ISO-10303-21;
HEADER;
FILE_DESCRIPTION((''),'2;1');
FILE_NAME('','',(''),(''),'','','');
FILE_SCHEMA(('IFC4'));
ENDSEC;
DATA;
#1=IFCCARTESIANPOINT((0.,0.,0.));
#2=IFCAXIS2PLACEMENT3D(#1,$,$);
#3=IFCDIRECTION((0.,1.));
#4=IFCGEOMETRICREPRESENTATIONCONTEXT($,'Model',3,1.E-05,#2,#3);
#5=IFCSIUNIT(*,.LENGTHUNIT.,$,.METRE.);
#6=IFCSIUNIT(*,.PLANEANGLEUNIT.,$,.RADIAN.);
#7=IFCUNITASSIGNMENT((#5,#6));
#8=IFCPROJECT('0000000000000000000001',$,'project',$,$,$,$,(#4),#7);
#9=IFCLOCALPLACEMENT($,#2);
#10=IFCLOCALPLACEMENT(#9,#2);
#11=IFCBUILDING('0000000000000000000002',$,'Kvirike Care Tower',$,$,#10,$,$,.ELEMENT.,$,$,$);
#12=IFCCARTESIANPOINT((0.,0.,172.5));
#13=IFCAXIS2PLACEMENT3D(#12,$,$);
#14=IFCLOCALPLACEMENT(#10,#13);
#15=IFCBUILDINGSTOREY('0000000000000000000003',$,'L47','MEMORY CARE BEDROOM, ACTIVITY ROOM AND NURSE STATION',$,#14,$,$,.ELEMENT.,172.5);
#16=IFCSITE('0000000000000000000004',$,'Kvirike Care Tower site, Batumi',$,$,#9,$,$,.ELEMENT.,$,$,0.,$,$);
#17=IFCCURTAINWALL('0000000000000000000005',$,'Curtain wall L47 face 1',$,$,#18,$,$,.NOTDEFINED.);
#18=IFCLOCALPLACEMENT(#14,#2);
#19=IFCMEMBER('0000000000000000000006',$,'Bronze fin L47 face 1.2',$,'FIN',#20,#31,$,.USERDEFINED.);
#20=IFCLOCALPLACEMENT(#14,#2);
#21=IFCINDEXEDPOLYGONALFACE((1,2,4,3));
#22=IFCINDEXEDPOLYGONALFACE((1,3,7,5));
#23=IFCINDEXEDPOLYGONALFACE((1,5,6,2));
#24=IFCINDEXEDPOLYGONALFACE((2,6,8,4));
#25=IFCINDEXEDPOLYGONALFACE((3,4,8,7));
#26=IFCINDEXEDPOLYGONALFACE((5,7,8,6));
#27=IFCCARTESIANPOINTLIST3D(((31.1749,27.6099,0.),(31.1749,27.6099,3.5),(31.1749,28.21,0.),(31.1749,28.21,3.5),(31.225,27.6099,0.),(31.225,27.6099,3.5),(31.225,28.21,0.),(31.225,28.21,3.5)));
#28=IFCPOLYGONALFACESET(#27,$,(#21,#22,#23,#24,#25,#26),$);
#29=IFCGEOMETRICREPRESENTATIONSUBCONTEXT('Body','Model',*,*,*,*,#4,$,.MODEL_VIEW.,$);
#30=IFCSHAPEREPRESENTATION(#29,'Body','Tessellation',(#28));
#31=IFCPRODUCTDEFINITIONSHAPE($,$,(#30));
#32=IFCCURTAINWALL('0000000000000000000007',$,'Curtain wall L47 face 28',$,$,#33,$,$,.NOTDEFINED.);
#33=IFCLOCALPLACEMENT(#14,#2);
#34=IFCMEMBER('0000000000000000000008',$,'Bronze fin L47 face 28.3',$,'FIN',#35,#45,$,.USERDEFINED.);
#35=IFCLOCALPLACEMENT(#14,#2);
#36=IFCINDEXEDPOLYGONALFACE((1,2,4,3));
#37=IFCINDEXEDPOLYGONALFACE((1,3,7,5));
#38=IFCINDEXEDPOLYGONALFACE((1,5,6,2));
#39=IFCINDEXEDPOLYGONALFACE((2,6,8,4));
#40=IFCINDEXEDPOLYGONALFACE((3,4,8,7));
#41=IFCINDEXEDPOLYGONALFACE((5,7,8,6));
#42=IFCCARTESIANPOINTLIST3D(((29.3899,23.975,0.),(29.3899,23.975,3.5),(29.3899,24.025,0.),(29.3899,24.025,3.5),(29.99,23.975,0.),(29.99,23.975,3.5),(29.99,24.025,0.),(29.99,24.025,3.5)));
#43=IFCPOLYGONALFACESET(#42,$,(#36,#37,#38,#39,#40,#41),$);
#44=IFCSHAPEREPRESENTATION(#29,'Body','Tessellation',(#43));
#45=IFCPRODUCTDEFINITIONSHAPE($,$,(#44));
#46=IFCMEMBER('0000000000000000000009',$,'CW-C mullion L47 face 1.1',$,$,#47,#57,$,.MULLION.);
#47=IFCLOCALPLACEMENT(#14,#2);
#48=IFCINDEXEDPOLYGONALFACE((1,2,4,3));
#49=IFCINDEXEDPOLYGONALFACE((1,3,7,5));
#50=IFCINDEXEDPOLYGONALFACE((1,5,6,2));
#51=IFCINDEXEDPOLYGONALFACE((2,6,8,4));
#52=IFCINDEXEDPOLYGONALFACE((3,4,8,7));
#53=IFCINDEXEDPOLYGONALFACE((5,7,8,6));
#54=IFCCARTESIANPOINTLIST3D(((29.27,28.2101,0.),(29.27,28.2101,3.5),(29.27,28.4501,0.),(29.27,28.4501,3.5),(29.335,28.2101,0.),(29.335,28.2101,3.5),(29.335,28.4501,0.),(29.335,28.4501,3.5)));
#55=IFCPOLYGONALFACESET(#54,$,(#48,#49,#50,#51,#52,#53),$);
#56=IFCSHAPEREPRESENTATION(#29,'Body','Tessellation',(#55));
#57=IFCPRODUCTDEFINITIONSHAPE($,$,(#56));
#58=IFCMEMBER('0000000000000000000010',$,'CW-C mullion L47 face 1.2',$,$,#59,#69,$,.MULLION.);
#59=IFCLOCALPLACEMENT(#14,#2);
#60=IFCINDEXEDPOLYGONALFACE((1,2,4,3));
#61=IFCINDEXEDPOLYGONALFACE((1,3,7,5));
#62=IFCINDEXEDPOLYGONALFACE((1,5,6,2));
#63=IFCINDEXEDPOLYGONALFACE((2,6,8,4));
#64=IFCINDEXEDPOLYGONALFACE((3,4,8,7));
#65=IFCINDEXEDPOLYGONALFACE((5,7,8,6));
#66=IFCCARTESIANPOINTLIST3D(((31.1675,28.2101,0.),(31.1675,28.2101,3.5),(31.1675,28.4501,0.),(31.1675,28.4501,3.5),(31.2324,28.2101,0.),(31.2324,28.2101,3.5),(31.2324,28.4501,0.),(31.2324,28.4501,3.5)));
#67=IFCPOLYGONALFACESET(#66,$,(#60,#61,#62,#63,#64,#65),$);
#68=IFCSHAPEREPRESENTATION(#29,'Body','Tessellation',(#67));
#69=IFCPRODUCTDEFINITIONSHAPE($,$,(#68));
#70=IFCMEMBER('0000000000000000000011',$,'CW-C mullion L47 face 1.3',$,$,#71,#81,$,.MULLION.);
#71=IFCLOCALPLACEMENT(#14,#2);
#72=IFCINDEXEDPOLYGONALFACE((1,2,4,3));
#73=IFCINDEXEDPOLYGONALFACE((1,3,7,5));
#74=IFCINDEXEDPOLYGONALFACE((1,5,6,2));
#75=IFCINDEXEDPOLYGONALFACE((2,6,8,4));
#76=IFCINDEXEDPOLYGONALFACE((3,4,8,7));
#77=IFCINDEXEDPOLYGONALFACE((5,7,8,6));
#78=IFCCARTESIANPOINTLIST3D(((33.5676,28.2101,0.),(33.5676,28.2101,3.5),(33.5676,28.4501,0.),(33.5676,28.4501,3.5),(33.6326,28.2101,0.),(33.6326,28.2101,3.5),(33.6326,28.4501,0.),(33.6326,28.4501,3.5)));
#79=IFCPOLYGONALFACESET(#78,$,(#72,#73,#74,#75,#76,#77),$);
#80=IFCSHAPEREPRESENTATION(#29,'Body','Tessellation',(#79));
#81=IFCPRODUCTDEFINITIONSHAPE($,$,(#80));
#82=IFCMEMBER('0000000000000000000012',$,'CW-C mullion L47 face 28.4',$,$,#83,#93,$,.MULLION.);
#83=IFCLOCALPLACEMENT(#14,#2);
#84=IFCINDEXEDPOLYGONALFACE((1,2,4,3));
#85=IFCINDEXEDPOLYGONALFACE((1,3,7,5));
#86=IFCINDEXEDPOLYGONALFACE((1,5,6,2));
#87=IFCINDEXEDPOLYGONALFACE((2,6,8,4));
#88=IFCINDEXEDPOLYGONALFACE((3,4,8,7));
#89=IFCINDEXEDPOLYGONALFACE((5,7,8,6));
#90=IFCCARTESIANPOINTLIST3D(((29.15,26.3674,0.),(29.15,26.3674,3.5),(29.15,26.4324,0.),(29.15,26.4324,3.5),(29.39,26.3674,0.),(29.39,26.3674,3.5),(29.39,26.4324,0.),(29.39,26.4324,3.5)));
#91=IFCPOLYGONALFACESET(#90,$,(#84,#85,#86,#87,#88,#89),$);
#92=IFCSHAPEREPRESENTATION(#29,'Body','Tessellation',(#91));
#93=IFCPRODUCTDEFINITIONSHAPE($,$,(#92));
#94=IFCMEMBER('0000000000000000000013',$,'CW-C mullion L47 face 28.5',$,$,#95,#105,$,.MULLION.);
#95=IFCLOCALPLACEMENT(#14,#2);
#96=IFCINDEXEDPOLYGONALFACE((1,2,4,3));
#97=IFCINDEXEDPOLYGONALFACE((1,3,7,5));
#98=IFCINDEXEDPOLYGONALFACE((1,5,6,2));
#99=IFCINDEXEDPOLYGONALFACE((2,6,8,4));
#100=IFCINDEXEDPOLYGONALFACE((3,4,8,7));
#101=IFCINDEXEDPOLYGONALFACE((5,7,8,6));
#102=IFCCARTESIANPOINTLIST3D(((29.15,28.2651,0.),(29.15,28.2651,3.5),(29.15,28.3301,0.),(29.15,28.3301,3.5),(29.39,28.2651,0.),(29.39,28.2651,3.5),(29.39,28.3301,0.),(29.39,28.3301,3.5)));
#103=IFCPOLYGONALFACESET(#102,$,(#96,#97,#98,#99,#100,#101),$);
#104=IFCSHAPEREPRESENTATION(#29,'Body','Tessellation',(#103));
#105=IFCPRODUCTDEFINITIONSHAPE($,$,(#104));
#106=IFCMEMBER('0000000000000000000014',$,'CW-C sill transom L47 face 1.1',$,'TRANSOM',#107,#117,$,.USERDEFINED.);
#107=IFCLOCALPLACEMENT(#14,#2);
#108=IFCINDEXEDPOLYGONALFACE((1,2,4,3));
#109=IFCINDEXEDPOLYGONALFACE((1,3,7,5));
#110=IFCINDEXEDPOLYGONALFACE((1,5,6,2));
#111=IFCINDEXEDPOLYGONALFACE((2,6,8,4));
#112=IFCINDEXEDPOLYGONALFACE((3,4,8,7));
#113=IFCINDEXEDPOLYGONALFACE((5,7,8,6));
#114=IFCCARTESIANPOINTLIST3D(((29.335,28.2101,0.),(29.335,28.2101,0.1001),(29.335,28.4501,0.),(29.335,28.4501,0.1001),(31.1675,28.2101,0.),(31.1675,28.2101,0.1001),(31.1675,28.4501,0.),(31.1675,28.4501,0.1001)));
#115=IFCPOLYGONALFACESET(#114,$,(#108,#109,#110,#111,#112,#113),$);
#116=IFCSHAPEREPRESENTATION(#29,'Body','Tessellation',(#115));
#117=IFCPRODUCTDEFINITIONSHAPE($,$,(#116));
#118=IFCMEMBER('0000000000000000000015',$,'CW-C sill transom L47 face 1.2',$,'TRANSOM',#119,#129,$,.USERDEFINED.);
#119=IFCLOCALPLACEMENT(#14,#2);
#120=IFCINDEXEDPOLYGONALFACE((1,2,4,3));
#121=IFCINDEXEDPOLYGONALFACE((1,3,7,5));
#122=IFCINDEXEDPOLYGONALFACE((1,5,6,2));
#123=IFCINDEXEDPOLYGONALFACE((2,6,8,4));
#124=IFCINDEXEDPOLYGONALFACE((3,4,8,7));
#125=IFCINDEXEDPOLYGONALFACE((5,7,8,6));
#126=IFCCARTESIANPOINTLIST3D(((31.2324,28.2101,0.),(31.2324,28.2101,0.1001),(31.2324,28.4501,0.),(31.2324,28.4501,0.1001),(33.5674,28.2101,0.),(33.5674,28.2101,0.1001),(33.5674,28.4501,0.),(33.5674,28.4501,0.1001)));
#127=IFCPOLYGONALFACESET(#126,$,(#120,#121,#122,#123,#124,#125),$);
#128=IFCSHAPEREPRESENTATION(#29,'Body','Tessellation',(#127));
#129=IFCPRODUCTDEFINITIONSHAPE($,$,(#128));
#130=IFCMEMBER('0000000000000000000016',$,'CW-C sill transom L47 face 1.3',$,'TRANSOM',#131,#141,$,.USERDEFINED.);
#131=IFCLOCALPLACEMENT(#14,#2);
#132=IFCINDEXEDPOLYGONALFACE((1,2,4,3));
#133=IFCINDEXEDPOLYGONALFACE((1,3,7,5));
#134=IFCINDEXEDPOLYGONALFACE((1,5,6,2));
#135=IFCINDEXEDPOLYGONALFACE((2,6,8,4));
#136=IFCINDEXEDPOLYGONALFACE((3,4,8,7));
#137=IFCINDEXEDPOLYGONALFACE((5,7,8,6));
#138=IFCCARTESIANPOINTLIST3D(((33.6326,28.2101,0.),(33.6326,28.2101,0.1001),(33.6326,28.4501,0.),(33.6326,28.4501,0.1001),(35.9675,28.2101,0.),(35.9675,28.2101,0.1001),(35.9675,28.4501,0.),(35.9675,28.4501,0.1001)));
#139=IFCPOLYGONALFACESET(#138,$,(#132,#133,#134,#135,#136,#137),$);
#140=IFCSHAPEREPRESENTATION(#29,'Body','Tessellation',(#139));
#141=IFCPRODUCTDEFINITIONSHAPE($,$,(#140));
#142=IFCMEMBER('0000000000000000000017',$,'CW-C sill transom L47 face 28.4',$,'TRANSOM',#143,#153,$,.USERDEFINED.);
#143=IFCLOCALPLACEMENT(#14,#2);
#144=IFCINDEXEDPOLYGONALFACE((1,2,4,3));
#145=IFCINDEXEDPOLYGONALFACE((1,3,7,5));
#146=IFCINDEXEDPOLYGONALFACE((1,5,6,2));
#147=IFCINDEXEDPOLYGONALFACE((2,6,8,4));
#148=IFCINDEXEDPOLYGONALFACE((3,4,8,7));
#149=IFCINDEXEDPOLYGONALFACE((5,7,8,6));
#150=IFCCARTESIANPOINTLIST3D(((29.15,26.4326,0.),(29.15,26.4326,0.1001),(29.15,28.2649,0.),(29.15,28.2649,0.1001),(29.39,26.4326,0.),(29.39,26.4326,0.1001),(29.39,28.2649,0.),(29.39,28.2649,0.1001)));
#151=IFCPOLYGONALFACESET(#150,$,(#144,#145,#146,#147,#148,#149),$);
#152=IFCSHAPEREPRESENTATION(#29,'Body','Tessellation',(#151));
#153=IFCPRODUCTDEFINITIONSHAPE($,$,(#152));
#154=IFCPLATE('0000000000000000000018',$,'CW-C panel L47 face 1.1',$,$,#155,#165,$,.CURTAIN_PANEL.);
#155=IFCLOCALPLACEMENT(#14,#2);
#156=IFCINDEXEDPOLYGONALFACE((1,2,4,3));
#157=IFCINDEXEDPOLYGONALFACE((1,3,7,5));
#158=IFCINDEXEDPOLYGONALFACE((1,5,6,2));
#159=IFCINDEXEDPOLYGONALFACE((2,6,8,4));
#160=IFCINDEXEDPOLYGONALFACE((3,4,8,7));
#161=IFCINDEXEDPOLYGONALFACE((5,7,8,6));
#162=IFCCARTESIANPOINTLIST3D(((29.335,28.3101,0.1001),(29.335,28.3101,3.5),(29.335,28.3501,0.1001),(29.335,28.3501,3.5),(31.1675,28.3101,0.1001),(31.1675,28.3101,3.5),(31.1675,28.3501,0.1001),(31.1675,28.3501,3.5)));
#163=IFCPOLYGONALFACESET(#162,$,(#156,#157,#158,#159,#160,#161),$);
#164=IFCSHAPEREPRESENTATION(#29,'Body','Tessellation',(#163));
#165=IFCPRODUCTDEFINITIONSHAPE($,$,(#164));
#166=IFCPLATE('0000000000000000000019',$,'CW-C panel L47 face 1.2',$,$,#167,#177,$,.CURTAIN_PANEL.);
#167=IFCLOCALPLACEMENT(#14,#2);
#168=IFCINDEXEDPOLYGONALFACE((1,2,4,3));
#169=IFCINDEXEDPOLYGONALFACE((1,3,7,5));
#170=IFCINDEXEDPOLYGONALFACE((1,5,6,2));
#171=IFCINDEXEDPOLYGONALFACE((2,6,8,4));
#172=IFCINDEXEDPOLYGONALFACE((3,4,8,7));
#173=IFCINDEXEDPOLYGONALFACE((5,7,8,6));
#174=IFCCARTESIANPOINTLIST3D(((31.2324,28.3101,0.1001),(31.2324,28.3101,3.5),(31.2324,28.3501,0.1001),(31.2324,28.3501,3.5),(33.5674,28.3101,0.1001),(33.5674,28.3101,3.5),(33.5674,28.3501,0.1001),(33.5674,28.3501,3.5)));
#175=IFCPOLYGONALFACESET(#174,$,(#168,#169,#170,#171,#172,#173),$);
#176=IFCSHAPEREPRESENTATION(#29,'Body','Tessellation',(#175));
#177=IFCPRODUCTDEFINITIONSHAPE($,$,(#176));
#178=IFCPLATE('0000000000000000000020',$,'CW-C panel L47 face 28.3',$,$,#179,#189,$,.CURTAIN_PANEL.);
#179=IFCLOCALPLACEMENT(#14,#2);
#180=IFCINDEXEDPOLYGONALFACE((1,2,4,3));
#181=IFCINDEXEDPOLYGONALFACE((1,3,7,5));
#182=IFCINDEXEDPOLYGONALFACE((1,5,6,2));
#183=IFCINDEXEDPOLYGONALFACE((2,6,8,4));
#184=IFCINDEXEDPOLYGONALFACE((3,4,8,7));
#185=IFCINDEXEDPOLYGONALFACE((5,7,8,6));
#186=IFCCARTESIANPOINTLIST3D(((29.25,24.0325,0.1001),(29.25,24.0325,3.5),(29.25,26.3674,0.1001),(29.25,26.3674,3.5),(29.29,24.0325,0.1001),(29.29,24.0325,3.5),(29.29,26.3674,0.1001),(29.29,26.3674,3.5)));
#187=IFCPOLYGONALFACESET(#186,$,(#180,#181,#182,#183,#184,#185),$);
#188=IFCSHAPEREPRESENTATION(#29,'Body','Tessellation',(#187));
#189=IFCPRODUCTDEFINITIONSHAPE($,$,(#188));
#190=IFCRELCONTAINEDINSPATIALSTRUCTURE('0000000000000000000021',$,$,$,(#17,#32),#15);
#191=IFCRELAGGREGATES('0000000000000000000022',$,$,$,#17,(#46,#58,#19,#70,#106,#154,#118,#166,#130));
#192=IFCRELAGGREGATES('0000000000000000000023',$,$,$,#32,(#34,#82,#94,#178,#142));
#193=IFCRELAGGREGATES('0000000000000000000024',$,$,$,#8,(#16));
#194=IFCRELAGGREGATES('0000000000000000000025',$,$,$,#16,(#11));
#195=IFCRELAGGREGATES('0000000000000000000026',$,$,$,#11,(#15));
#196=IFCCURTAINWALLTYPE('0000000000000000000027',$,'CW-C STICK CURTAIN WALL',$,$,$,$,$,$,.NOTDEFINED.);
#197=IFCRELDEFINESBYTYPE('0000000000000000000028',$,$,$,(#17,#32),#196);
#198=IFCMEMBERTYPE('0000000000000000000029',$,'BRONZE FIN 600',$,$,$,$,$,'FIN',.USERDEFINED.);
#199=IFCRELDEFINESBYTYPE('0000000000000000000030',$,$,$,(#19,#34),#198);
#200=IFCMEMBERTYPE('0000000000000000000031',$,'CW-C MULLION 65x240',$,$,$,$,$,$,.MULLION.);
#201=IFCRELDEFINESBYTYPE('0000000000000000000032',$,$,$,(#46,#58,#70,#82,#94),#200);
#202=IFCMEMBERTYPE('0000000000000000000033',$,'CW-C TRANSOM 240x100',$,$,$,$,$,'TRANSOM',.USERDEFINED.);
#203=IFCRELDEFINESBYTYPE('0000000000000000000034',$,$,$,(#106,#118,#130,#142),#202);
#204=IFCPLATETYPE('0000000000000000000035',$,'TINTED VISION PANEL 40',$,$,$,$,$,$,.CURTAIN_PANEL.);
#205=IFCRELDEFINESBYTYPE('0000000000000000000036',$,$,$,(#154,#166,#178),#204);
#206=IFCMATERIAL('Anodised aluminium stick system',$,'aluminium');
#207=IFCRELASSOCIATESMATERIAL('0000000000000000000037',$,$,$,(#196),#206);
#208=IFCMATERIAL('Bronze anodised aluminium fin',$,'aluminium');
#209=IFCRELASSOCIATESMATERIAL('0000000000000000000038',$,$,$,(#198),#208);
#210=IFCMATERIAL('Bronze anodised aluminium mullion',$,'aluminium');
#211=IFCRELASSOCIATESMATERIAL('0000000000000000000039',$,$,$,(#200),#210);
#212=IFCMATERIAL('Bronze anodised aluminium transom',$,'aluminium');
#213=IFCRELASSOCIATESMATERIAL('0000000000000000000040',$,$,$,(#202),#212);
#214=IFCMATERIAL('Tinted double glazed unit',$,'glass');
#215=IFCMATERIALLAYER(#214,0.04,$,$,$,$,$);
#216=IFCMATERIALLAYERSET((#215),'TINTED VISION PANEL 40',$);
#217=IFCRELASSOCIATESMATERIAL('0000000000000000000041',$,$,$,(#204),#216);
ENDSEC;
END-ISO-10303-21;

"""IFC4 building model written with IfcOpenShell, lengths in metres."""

from ifc_helpers import new_model, si_unit, direction, frame, origin, origin_2d, place, context, subcontext, project, spatial, rectangle, extrude, material, layer, layer_set, material_profile, profile_set, type_object, element, aggregate, save


model = new_model("IFC4")

# Units and contexts
model_context = context("Model", 3, precision=1e-05, world=origin(), true_north=direction((0.0, 1.0)))
body_context = subcontext(model_context, "Body", "Model", "MODEL_VIEW")
ifc_project = project(units=[si_unit("LENGTHUNIT", "METRE"), si_unit("PLANEANGLEUNIT", "RADIAN")], contexts=[model_context])

# Site, building, storey
site_placement = place(None, origin())
site = spatial("IfcSite", under=ifc_project, at=site_placement, Name="Kvirike Care Tower site, Batumi", CompositionType="ELEMENT", RefElevation=0.0)
building_placement = place(site_placement, origin())
building = spatial("IfcBuilding", under=site, at=building_placement, Name="Kvirike Care Tower", CompositionType="ELEMENT")
storey_placement = place(building_placement, frame((0.0, 0.0, 172.5)))
storey = spatial("IfcBuildingStorey", under=building, at=storey_placement, Name="L47", Description="MEMORY CARE BEDROOM, ACTIVITY ROOM AND NURSE STATION", CompositionType="ELEMENT", Elevation=172.5)

# Curtain walls, members
ifc_material_1 = material(Name="Anodised aluminium stick system", Category="aluminium")
curtain_wall_type = type_object("IfcCurtainWallType", Name="CW-C STICK CURTAIN WALL", PredefinedType="NOTDEFINED", material=ifc_material_1)
curtain_wall_1_placement = place(storey_placement, origin())
curtain_wall_1 = element("IfcCurtainWall", 1, at=curtain_wall_1_placement, inside=storey, type_object=curtain_wall_type, Name="Curtain wall L47 face 1", PredefinedType="NOTDEFINED")
ifc_material_2 = material(Name="Bronze anodised aluminium fin", Category="aluminium")
ifc_material_profile_1 = material_profile(ifc_material_2, rectangle(XDim=0.05, YDim=0.6001, at=origin_2d()), Name="BRONZE FIN 600")
ifc_profile_set_1 = profile_set([ifc_material_profile_1], Name="Bronze anodised aluminium fin")
member_type_1 = type_object("IfcMemberType", Name="BRONZE FIN 600", ElementType="FIN", PredefinedType="USERDEFINED", material=ifc_profile_set_1)
member_1_placement = place(storey_placement, frame((31.2, 27.9099, 0.0), z_axis=(0.0, 0.0, 1.0), x_axis=(1.0, 0.0, 0.0)))
member_1 = element("IfcMember", 2, at=member_1_placement, type_object=member_type_1, Name="Bronze fin L47 face 1.2", ObjectType="FIN", PredefinedType="USERDEFINED", context=body_context, shape_type="SweptSolid", body=[
    extrude(rectangle(XDim=0.05, YDim=0.6001, at=origin_2d()), origin(), (0.0, 0.0, 1.0), 3.5),
])
curtain_wall_2_placement = place(storey_placement, origin())
curtain_wall_2 = element("IfcCurtainWall", 3, at=curtain_wall_2_placement, inside=storey, type_object=curtain_wall_type, Name="Curtain wall L47 face 28", PredefinedType="NOTDEFINED")
member_2_placement = place(storey_placement, frame((29.6899, 24.0, 0.0), z_axis=(0.0, 0.0, 1.0), x_axis=(0.0, 1.0, 0.0)))
member_2 = element("IfcMember", 4, at=member_2_placement, type_object=member_type_1, Name="Bronze fin L47 face 28.3", ObjectType="FIN", PredefinedType="USERDEFINED", context=body_context, shape_type="SweptSolid", body=[
    extrude(rectangle(XDim=0.05, YDim=0.6001, at=origin_2d()), origin(), (0.0, 0.0, 1.0), 3.5),
])

# Members
ifc_material_3 = material(Name="Bronze anodised aluminium mullion", Category="aluminium")
ifc_material_profile_2 = material_profile(ifc_material_3, rectangle(XDim=0.0649, YDim=0.24, at=origin_2d()), Name="CW-C MULLION 65x240")
ifc_profile_set_2 = profile_set([ifc_material_profile_2], Name="Bronze anodised aluminium mullion")
member_type_2 = type_object("IfcMemberType", Name="CW-C MULLION 65x240", PredefinedType="MULLION", material=ifc_profile_set_2)
member_3_placement = place(storey_placement, frame((29.3025, 28.3301, 0.0), z_axis=(0.0, 0.0, 1.0), x_axis=(1.0, 0.0, 0.0)))
member_3 = element("IfcMember", 5, at=member_3_placement, type_object=member_type_2, Name="CW-C mullion L47 face 1.1", PredefinedType="MULLION", context=body_context, shape_type="SweptSolid", body=[
    extrude(rectangle(XDim=0.0649, YDim=0.24, at=origin_2d()), origin(), (0.0, 0.0, 1.0), 3.5),
])
member_4_placement = place(storey_placement, frame((31.2, 28.3301, 0.0), z_axis=(0.0, 0.0, 1.0), x_axis=(1.0, 0.0, 0.0)))
member_4 = element("IfcMember", 6, at=member_4_placement, type_object=member_type_2, Name="CW-C mullion L47 face 1.2", PredefinedType="MULLION", context=body_context, shape_type="SweptSolid", body=[
    extrude(rectangle(XDim=0.0649, YDim=0.24, at=origin_2d()), origin(), (0.0, 0.0, 1.0), 3.5),
])
member_5_placement = place(storey_placement, frame((33.6001, 28.3301, 0.0), z_axis=(0.0, 0.0, 1.0), x_axis=(1.0, 0.0, 0.0)))
member_5 = element("IfcMember", 7, at=member_5_placement, type_object=member_type_2, Name="CW-C mullion L47 face 1.3", PredefinedType="MULLION", context=body_context, shape_type="SweptSolid", body=[
    extrude(rectangle(XDim=0.0649, YDim=0.24, at=origin_2d()), origin(), (0.0, 0.0, 1.0), 3.5),
])
member_6_placement = place(storey_placement, frame((29.27, 26.3999, 0.0), z_axis=(0.0, 0.0, 1.0), x_axis=(0.0, 1.0, 0.0)))
member_6 = element("IfcMember", 8, at=member_6_placement, type_object=member_type_2, Name="CW-C mullion L47 face 28.4", PredefinedType="MULLION", context=body_context, shape_type="SweptSolid", body=[
    extrude(rectangle(XDim=0.0649, YDim=0.24, at=origin_2d()), origin(), (0.0, 0.0, 1.0), 3.5),
])
member_7_placement = place(storey_placement, frame((29.27, 28.2976, 0.0), z_axis=(0.0, 0.0, 1.0), x_axis=(0.0, 1.0, 0.0)))
member_7 = element("IfcMember", 9, at=member_7_placement, type_object=member_type_2, Name="CW-C mullion L47 face 28.5", PredefinedType="MULLION", context=body_context, shape_type="SweptSolid", body=[
    extrude(rectangle(XDim=0.0649, YDim=0.24, at=origin_2d()), origin(), (0.0, 0.0, 1.0), 3.5),
])
ifc_material_4 = material(Name="Bronze anodised aluminium transom", Category="aluminium")
ifc_material_profile_3 = material_profile(ifc_material_4, rectangle(XDim=0.24, YDim=0.1001, at=origin_2d()), Name="CW-C TRANSOM 240x100")
ifc_profile_set_3 = profile_set([ifc_material_profile_3], Name="Bronze anodised aluminium transom")
member_type_3 = type_object("IfcMemberType", Name="CW-C TRANSOM 240x100", ElementType="TRANSOM", PredefinedType="USERDEFINED", material=ifc_profile_set_3)
member_8_placement = place(storey_placement, frame((29.335, 28.3301, 0.05), z_axis=(1.0, 0.0, 0.0), x_axis=(0.0, 1.0, 0.0)))
member_8 = element("IfcMember", 10, at=member_8_placement, type_object=member_type_3, Name="CW-C sill transom L47 face 1.1", ObjectType="TRANSOM", PredefinedType="USERDEFINED", context=body_context, shape_type="SweptSolid", body=[
    extrude(rectangle(XDim=0.24, YDim=0.1001, at=origin_2d()), origin(), (0.0, 0.0, 1.0), 1.8325),
])
member_9_placement = place(storey_placement, frame((31.2324, 28.3301, 0.05), z_axis=(1.0, 0.0, 0.0), x_axis=(0.0, 1.0, 0.0)))
member_9 = element("IfcMember", 11, at=member_9_placement, type_object=member_type_3, Name="CW-C sill transom L47 face 1.2", ObjectType="TRANSOM", PredefinedType="USERDEFINED", context=body_context, shape_type="SweptSolid", body=[
    extrude(rectangle(XDim=0.24, YDim=0.1001, at=origin_2d()), origin(), (0.0, 0.0, 1.0), 2.335),
])
member_10_placement = place(storey_placement, frame((33.6326, 28.3301, 0.05), z_axis=(1.0, 0.0, 0.0), x_axis=(0.0, 1.0, 0.0)))
member_10 = element("IfcMember", 12, at=member_10_placement, type_object=member_type_3, Name="CW-C sill transom L47 face 1.3", ObjectType="TRANSOM", PredefinedType="USERDEFINED", context=body_context, shape_type="SweptSolid", body=[
    extrude(rectangle(XDim=0.24, YDim=0.1001, at=origin_2d()), origin(), (0.0, 0.0, 1.0), 2.335),
])
member_11_placement = place(storey_placement, frame((29.27, 26.4326, 0.05), z_axis=(0.0, 1.0, 0.0), x_axis=(-1.0, 0.0, 0.0)))
member_11 = element("IfcMember", 13, at=member_11_placement, type_object=member_type_3, Name="CW-C sill transom L47 face 28.4", ObjectType="TRANSOM", PredefinedType="USERDEFINED", context=body_context, shape_type="SweptSolid", body=[
    extrude(rectangle(XDim=0.24, YDim=0.1001, at=origin_2d()), origin(), (0.0, 0.0, 1.0), 1.8323),
])

# Plates
ifc_material_5 = material(Name="Tinted double glazed unit", Category="glass")
ifc_layer = layer(ifc_material_5, 0.04)
ifc_layer_set = layer_set([ifc_layer], Name="TINTED VISION PANEL 40")
plate_type = type_object("IfcPlateType", Name="TINTED VISION PANEL 40", PredefinedType="CURTAIN_PANEL", material=ifc_layer_set)
plate_1_placement = place(storey_placement, frame((30.2512, 28.3301, 0.1001), z_axis=(0.0, 0.0, 1.0), x_axis=(1.0, 0.0, 0.0)))
plate_1 = element("IfcPlate", 14, at=plate_1_placement, type_object=plate_type, Name="CW-C panel L47 face 1.1", PredefinedType="CURTAIN_PANEL", context=body_context, shape_type="SweptSolid", body=[
    extrude(rectangle(XDim=1.8325, YDim=0.04, at=origin_2d()), origin(), (0.0, 0.0, 1.0), 3.3999),
])
plate_2_placement = place(storey_placement, frame((32.3999, 28.3301, 0.1001), z_axis=(0.0, 0.0, 1.0), x_axis=(1.0, 0.0, 0.0)))
plate_2 = element("IfcPlate", 15, at=plate_2_placement, type_object=plate_type, Name="CW-C panel L47 face 1.2", PredefinedType="CURTAIN_PANEL", context=body_context, shape_type="SweptSolid", body=[
    extrude(rectangle(XDim=2.335, YDim=0.04, at=origin_2d()), origin(), (0.0, 0.0, 1.0), 3.3999),
])
aggregate(curtain_wall_1, [member_3, member_4, member_1, member_5, member_8, plate_1, member_9, plate_2, member_10])
plate_3_placement = place(storey_placement, frame((29.27, 25.2, 0.1001), z_axis=(0.0, 0.0, 1.0), x_axis=(0.0, 1.0, 0.0)))
plate_3 = element("IfcPlate", 16, at=plate_3_placement, type_object=plate_type, Name="CW-C panel L47 face 28.3", PredefinedType="CURTAIN_PANEL", context=body_context, shape_type="SweptSolid", body=[
    extrude(rectangle(XDim=2.335, YDim=0.04, at=origin_2d()), origin(), (0.0, 0.0, 1.0), 3.3999),
])
aggregate(curtain_wall_2, [member_2, member_6, member_7, plate_3, member_11])

save(model, "model.ifc")
